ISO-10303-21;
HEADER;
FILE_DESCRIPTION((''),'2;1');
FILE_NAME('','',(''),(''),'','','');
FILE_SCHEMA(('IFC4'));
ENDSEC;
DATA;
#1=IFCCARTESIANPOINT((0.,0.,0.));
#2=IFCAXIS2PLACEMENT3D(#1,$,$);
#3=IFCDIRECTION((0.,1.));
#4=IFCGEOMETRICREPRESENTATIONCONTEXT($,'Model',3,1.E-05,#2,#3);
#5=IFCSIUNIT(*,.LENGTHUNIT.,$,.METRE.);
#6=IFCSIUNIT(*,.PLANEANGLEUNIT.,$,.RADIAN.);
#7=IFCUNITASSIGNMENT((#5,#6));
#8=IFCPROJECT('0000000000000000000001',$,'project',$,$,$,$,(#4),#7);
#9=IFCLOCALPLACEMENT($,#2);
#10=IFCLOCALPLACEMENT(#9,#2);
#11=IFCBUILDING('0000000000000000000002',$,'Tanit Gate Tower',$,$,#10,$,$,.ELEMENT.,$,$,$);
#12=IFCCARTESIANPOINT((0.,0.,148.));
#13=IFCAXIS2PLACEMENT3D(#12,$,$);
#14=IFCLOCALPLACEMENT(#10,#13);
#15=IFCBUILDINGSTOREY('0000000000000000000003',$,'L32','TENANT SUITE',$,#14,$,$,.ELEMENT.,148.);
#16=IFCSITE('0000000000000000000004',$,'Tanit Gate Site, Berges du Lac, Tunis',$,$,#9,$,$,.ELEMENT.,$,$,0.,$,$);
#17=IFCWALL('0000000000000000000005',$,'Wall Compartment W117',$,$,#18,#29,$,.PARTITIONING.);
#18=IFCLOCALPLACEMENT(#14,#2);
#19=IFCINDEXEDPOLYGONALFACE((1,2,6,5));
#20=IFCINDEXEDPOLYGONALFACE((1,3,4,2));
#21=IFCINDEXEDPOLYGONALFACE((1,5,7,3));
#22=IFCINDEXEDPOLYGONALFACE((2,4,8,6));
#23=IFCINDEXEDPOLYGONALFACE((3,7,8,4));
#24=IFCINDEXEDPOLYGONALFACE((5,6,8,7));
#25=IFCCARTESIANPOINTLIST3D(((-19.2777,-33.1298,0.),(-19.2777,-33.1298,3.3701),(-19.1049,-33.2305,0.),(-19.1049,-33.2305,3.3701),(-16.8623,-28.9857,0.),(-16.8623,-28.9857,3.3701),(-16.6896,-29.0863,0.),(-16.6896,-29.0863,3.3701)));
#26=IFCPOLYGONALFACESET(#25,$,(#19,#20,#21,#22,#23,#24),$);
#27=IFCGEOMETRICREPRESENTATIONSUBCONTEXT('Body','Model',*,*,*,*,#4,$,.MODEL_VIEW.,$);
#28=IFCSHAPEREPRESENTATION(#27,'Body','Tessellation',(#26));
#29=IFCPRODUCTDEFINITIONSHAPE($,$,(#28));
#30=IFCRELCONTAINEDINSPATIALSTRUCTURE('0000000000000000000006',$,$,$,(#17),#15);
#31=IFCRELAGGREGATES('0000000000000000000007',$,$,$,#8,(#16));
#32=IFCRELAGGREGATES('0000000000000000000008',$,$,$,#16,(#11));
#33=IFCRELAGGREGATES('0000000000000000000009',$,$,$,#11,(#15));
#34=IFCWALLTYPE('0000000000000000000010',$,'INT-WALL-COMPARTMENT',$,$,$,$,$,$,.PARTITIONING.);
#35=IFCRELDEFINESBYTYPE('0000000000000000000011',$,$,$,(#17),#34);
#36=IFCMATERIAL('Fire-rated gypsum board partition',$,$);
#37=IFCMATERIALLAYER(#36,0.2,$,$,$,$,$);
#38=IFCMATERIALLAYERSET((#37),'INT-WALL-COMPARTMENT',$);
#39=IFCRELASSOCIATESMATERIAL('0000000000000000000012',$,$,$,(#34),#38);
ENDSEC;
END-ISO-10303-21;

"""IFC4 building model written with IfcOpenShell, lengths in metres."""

from ifc_helpers import new_model, si_unit, direction, frame, frame_2d, origin, place, context, subcontext, project, spatial, rectangle, extrude, material, layer, layer_set, type_object, element, save


model = new_model("IFC4")

# Units and contexts
model_context = context("Model", 3, precision=1e-05, world=origin(), true_north=direction((0.0, 1.0)))
body_context = subcontext(model_context, "Body", "Model", "MODEL_VIEW")
ifc_project = project(units=[si_unit("LENGTHUNIT", "METRE"), si_unit("PLANEANGLEUNIT", "RADIAN")], contexts=[model_context])

# Site, building, storey
site_placement = place(None, origin())
site = spatial("IfcSite", under=ifc_project, at=site_placement, Name="Tanit Gate Site, Berges du Lac, Tunis", CompositionType="ELEMENT", RefElevation=0.0)
building_placement = place(site_placement, origin())
building = spatial("IfcBuilding", under=site, at=building_placement, Name="Tanit Gate Tower", CompositionType="ELEMENT")
storey_placement = place(building_placement, frame((0.0, 0.0, 148.0)))
storey = spatial("IfcBuildingStorey", under=building, at=storey_placement, Name="L32", Description="TENANT SUITE", CompositionType="ELEMENT", Elevation=148.0)

# Wall
ifc_material_1 = material(Name="Fire-rated gypsum board partition")
ifc_layer_1 = layer(ifc_material_1, 0.2)
ifc_layer_set_1 = layer_set([ifc_layer_1], Name="INT-WALL-COMPARTMENT")
wall_type_1 = type_object("IfcWallType", Name="INT-WALL-COMPARTMENT", PredefinedType="PARTITIONING", material=ifc_layer_set_1)
wall_1_placement = place(storey_placement, frame((-16.7759, -29.0359, 0.0), z_axis=(0.0, 0.0, 1.0), x_axis=(-0.503548, -0.863967, 0.0)))
element("IfcWall", 1, at=wall_1_placement, inside=storey, type_object=wall_type_1, Name="Wall Compartment W117", PredefinedType="PARTITIONING", context=body_context, shape_type="SweptSolid", body=[
    extrude(rectangle(XDim=4.7966, YDim=0.2, at=frame_2d((2.3984, 0.0))), origin(), (0.0, 0.0, 1.0), 3.3701),
])

save(model, "model.ifc")
